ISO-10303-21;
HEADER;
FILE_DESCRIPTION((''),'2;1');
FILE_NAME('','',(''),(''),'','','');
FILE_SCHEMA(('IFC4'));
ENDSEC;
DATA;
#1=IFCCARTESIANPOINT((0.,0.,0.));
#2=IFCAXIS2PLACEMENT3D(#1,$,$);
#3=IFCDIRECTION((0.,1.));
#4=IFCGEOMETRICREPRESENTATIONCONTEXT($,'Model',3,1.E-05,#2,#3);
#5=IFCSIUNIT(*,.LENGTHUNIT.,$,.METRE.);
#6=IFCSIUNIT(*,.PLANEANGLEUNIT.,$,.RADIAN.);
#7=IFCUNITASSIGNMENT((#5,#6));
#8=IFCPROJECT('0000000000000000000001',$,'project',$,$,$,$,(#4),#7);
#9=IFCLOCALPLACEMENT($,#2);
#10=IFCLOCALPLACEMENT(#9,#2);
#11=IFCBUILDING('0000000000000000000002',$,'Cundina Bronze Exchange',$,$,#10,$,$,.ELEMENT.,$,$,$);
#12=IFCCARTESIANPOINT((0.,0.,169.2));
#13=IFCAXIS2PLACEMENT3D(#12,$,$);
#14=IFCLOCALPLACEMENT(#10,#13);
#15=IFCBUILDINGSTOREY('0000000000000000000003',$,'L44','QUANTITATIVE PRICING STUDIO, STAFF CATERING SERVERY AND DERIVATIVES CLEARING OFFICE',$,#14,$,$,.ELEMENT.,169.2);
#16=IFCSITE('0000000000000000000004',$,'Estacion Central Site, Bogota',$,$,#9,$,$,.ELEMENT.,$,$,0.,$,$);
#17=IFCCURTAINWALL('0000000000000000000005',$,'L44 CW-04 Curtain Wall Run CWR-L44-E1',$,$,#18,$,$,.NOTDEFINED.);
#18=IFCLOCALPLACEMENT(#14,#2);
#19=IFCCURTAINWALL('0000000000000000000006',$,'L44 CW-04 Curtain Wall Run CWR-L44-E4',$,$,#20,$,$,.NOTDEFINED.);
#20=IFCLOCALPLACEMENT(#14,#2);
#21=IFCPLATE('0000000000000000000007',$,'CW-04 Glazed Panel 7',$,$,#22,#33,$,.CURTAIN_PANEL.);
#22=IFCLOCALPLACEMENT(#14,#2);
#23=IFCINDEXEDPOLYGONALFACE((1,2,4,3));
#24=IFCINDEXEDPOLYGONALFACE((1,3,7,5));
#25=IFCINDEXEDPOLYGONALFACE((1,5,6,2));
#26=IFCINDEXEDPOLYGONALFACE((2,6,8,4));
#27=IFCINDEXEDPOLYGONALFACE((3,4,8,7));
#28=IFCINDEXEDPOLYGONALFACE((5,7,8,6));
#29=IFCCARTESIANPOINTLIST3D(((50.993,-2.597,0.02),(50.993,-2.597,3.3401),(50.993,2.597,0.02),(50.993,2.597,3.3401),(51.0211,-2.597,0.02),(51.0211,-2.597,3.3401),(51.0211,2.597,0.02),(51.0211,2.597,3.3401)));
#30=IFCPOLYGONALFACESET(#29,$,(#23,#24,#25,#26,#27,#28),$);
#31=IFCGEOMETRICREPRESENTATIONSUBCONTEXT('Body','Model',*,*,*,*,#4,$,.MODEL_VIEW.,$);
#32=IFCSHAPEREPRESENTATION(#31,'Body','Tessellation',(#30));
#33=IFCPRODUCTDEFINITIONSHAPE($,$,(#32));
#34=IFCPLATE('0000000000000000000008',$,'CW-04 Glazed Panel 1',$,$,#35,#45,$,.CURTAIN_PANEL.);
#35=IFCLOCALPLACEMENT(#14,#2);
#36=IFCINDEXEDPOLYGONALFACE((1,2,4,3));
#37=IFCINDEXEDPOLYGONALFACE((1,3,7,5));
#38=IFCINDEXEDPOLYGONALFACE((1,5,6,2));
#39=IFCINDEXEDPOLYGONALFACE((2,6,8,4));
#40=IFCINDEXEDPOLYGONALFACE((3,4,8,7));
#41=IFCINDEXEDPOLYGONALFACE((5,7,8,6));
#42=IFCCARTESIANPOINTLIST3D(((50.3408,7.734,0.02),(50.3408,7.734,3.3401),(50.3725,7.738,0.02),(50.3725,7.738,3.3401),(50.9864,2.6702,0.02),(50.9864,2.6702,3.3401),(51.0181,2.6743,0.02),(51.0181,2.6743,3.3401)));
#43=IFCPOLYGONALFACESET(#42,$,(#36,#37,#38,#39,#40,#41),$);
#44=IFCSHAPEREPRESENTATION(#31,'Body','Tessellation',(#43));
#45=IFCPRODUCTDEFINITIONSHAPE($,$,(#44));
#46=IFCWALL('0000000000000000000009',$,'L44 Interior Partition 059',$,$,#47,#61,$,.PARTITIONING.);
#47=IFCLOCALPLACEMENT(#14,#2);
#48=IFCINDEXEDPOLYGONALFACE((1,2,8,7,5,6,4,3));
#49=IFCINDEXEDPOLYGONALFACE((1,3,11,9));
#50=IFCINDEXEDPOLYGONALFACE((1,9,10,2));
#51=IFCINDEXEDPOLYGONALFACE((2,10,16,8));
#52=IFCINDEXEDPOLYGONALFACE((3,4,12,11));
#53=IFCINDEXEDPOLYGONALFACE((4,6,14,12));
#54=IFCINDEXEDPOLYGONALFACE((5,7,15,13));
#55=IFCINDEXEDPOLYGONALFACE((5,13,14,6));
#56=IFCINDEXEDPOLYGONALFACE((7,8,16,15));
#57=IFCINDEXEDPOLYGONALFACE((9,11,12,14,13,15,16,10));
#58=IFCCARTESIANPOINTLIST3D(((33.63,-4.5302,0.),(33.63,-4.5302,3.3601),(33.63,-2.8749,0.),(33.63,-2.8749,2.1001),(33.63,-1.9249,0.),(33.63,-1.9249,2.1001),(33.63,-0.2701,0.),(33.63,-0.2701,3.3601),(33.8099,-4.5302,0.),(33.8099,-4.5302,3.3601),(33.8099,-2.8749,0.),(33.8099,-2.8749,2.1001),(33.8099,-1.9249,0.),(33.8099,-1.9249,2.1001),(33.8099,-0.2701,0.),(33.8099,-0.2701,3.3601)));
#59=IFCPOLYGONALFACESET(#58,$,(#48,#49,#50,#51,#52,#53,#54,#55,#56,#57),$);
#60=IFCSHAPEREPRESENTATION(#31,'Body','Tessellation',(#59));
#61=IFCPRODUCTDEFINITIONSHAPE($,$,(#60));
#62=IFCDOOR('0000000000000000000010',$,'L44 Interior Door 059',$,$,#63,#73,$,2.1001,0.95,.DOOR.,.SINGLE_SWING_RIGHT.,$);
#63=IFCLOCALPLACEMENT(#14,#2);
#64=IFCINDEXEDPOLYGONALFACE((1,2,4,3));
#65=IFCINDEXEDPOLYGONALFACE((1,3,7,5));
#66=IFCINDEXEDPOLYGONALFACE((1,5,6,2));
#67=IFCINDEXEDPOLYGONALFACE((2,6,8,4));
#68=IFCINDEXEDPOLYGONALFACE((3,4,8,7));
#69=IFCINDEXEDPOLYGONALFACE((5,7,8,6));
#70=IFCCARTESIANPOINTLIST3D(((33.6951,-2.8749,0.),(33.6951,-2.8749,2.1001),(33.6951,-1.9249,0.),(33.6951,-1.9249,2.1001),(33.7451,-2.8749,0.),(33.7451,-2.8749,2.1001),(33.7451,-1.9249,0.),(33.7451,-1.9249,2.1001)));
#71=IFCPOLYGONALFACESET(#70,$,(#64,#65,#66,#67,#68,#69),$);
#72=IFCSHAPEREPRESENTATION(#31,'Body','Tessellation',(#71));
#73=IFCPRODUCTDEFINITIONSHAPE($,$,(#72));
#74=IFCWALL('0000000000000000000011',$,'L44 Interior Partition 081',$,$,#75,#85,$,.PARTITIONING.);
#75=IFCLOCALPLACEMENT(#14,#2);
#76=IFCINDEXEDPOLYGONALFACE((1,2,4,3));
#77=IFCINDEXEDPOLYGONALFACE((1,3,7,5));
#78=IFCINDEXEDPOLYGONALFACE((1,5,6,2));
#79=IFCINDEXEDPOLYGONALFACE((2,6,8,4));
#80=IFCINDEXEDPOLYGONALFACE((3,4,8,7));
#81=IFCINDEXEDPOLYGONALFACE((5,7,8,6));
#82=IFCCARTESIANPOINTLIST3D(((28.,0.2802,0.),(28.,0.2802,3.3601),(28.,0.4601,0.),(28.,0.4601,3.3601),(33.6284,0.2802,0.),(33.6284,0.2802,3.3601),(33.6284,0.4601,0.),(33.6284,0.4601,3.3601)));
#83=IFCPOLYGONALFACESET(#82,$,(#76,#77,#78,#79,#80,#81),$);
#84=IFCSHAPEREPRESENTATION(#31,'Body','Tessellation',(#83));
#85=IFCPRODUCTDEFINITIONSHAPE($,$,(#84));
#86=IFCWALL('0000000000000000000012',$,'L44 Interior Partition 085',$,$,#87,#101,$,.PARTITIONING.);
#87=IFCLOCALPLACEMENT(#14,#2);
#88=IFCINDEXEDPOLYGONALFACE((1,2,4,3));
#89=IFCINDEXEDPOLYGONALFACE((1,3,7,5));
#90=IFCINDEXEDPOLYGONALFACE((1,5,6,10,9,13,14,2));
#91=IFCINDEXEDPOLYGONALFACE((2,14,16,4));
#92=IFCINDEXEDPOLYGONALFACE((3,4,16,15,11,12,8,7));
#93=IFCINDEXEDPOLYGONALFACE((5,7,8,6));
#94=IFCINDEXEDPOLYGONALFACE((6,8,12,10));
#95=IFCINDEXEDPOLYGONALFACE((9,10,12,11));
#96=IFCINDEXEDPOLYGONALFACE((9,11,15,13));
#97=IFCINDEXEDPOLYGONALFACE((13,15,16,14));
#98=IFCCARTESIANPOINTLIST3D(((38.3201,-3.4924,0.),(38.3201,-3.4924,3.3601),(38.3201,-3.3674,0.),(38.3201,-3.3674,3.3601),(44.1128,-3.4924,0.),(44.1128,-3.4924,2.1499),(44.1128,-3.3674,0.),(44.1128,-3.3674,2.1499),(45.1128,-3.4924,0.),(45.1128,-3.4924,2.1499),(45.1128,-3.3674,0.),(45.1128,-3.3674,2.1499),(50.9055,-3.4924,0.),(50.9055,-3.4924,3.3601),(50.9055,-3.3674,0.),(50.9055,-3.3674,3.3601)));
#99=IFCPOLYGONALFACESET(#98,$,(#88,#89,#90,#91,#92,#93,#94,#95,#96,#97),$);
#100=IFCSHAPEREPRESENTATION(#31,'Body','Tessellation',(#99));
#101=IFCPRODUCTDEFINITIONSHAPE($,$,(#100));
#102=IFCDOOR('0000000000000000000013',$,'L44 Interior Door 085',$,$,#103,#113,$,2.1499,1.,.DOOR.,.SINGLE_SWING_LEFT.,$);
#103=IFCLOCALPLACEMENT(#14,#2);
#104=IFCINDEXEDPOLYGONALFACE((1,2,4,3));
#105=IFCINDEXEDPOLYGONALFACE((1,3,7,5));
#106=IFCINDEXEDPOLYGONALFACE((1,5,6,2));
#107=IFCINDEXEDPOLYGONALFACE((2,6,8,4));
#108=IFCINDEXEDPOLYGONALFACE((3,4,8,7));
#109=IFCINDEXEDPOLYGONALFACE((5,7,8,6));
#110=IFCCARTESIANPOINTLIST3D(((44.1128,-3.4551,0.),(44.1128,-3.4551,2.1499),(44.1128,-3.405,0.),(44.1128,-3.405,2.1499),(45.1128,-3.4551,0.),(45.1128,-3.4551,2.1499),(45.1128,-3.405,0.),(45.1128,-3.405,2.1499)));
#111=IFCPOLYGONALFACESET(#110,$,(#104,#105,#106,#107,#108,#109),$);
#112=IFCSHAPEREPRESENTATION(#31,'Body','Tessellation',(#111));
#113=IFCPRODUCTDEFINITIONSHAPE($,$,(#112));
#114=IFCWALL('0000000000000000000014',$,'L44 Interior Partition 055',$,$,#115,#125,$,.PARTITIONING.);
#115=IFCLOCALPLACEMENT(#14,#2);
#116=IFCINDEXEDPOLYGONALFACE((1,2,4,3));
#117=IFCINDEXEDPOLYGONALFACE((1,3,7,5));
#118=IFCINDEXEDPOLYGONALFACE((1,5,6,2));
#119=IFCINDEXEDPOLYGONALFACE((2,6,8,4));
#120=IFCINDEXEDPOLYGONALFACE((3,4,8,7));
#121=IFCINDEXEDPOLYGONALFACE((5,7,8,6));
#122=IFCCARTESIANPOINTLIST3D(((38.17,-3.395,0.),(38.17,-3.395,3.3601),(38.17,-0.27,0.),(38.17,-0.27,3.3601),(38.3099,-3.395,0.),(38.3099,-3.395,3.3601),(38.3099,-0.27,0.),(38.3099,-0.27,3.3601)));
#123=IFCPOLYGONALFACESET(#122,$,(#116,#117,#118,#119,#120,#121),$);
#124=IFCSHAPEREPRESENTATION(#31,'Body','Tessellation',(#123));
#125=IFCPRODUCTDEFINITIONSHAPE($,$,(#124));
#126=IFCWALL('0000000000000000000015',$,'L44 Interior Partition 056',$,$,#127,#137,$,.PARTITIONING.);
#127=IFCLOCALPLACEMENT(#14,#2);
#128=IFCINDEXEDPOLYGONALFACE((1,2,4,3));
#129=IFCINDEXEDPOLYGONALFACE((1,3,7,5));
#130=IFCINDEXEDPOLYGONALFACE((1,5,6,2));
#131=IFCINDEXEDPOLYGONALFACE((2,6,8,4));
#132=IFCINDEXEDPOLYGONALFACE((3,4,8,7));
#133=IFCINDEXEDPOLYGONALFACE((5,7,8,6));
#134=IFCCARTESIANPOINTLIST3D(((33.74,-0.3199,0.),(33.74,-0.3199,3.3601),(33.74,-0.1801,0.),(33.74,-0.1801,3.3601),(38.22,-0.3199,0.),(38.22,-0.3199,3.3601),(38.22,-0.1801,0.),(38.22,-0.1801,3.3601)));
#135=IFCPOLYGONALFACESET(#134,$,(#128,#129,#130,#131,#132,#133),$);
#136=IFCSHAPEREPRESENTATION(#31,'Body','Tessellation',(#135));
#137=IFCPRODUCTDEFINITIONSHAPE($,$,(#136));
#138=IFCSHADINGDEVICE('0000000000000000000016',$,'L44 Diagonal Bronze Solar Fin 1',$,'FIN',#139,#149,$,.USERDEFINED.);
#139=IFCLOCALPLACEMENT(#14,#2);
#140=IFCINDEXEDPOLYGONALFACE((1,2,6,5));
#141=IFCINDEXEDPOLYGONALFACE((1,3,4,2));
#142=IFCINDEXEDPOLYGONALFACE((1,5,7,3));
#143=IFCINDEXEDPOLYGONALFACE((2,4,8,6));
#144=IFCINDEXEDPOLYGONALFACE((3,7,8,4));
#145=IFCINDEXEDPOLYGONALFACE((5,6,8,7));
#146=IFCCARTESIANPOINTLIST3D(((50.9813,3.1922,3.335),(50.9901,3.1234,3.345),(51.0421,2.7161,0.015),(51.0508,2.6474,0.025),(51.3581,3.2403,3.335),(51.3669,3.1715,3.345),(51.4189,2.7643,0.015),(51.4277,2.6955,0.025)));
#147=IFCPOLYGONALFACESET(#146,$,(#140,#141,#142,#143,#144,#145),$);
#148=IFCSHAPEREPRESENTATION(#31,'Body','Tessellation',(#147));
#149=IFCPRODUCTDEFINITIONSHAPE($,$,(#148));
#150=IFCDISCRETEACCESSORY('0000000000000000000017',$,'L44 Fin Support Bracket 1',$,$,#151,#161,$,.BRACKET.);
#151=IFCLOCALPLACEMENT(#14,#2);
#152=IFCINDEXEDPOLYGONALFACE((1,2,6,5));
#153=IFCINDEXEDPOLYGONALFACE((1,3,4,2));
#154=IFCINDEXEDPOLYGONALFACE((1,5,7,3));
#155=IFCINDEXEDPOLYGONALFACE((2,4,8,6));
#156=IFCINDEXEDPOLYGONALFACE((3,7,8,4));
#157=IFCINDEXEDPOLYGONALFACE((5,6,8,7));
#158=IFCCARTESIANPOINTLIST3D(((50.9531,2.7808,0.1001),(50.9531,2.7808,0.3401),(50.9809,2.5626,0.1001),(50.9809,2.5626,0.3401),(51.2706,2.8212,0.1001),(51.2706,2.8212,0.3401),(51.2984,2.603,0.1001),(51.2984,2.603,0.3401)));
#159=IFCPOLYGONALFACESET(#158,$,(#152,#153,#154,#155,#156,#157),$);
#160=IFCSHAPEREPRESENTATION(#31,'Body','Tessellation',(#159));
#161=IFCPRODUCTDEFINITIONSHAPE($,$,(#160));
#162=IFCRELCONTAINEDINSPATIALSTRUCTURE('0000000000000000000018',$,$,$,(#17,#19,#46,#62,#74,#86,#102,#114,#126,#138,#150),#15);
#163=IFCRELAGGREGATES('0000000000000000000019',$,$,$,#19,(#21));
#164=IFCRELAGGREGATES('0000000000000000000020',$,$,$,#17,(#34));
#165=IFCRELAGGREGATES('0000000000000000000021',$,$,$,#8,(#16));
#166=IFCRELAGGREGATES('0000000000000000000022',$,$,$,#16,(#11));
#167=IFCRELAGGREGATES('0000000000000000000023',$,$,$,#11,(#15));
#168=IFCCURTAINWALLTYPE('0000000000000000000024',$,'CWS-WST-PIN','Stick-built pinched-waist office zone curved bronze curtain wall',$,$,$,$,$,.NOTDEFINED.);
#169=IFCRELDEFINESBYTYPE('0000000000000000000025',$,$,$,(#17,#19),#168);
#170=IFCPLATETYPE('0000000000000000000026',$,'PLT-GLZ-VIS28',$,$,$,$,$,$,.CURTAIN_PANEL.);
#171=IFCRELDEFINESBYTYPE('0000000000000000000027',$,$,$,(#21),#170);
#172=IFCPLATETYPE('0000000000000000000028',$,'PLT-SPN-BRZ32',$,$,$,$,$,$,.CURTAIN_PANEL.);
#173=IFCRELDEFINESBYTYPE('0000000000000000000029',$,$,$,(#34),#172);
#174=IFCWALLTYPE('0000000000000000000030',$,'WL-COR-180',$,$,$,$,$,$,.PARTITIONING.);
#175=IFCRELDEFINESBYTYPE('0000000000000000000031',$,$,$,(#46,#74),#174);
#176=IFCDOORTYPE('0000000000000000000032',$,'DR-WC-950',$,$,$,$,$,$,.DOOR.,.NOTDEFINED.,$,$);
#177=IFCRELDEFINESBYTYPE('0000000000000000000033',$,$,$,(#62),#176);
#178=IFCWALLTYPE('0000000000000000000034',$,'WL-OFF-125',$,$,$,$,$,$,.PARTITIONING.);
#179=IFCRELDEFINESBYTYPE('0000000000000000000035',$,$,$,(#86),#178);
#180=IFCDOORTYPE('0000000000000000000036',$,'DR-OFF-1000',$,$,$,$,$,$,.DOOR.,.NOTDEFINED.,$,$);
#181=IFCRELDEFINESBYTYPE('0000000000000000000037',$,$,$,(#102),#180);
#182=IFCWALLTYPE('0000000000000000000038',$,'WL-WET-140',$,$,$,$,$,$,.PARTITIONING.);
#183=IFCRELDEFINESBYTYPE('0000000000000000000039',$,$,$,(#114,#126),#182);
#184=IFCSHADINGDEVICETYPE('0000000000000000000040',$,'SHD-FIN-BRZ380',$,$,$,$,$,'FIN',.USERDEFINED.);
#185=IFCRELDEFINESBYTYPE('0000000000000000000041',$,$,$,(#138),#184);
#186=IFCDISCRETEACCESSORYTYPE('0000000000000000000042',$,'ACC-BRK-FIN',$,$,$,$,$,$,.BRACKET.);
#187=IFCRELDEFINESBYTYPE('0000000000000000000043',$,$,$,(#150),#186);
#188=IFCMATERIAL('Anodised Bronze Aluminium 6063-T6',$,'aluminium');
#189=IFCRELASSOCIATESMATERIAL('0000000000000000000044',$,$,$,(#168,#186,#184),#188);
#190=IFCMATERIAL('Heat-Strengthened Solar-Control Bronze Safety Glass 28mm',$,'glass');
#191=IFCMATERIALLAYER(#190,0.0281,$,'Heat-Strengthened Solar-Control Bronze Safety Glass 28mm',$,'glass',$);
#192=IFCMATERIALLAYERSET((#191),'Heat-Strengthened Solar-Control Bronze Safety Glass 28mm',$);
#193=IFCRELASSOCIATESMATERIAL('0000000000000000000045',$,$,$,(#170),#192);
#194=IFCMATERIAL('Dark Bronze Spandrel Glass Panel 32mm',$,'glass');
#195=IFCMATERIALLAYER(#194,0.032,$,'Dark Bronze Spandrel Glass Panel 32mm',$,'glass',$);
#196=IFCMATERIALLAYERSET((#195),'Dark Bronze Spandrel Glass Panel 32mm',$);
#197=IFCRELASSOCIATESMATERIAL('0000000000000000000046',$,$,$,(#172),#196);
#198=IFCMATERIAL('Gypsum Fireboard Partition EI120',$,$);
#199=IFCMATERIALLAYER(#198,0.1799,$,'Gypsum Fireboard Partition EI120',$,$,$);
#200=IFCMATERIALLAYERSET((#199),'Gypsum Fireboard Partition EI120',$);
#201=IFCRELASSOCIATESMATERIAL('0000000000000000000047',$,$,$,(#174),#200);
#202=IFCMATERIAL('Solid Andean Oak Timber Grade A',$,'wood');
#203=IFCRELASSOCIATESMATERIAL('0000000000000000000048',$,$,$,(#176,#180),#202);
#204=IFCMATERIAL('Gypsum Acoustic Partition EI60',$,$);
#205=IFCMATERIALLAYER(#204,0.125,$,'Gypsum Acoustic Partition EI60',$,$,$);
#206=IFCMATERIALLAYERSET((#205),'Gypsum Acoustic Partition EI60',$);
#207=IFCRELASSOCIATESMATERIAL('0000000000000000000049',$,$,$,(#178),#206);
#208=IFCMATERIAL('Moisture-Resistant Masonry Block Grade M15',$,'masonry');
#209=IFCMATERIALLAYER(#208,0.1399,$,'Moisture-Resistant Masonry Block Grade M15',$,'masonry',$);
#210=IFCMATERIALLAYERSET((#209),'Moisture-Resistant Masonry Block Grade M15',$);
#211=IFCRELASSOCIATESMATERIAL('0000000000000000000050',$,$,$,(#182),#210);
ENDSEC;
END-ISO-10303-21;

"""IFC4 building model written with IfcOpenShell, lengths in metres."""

from ifc_helpers import new_model, si_unit, direction, frame, frame_2d, origin, origin_2d, place, context, subcontext, project, spatial, rectangle, extrude, material, layer, layer_set, material_profile, profile_set, type_object, element, fill, aggregate, save


model = new_model("IFC4")

# Units and contexts
model_context = context("Model", 3, precision=1e-05, world=origin(), true_north=direction((0.0, 1.0)))
body_context = subcontext(model_context, "Body", "Model", "MODEL_VIEW")
ifc_project = project(units=[si_unit("LENGTHUNIT", "METRE"), si_unit("PLANEANGLEUNIT", "RADIAN")], contexts=[model_context])

# Site, building, storey
site_placement = place(None, origin())
site = spatial("IfcSite", under=ifc_project, at=site_placement, Name="Estacion Central Site, Bogota", CompositionType="ELEMENT", RefElevation=0.0)
building_placement = place(site_placement, origin())
building = spatial("IfcBuilding", under=site, at=building_placement, Name="Cundina Bronze Exchange", CompositionType="ELEMENT")
storey_placement = place(building_placement, frame((0.0, 0.0, 169.2)))
storey = spatial("IfcBuildingStorey", under=building, at=storey_placement, Name="L44", Description="QUANTITATIVE PRICING STUDIO, STAFF CATERING SERVERY AND DERIVATIVES CLEARING OFFICE", CompositionType="ELEMENT", Elevation=169.2)

# Curtain walls
ifc_material_1 = material(Name="Anodised Bronze Aluminium 6063-T6", Category="aluminium")
curtain_wall_type = type_object("IfcCurtainWallType", Name="CWS-WST-PIN", Description="Stick-built pinched-waist office zone curved bronze curtain wall", PredefinedType="NOTDEFINED", material=ifc_material_1)
curtain_wall_1_placement = place(storey_placement, origin())
curtain_wall_1 = element("IfcCurtainWall", 1, at=curtain_wall_1_placement, inside=storey, type_object=curtain_wall_type, Name="L44 CW-04 Curtain Wall Run CWR-L44-E1", PredefinedType="NOTDEFINED")
curtain_wall_2_placement = place(storey_placement, origin())
curtain_wall_2 = element("IfcCurtainWall", 2, at=curtain_wall_2_placement, inside=storey, type_object=curtain_wall_type, Name="L44 CW-04 Curtain Wall Run CWR-L44-E4", PredefinedType="NOTDEFINED")

# Plates
ifc_material_2 = material(Name="Heat-Strengthened Solar-Control Bronze Safety Glass 28mm", Category="glass")
ifc_layer_1 = layer(ifc_material_2, 0.0281, Name="Heat-Strengthened Solar-Control Bronze Safety Glass 28mm", Category="glass")
ifc_layer_set_1 = layer_set([ifc_layer_1], Name="Heat-Strengthened Solar-Control Bronze Safety Glass 28mm")
plate_type_1 = type_object("IfcPlateType", Name="PLT-GLZ-VIS28", PredefinedType="CURTAIN_PANEL", material=ifc_layer_set_1)
plate_1_placement = place(storey_placement, frame((51.0071, 0.0, 0.02), z_axis=(0.0, 0.0, 1.0), x_axis=(0.0, 1.0, 0.0)))
plate_1 = element("IfcPlate", 3, at=plate_1_placement, type_object=plate_type_1, Name="CW-04 Glazed Panel 7", PredefinedType="CURTAIN_PANEL", context=body_context, shape_type="SweptSolid", body=[
    extrude(rectangle(XDim=5.1941, YDim=0.0281, at=origin_2d()), origin(), (0.0, 0.0, 1.0), 3.3201),
])
aggregate(curtain_wall_2, [plate_1])
ifc_material_3 = material(Name="Dark Bronze Spandrel Glass Panel 32mm", Category="glass")
ifc_layer_2 = layer(ifc_material_3, 0.032, Name="Dark Bronze Spandrel Glass Panel 32mm", Category="glass")
ifc_layer_set_2 = layer_set([ifc_layer_2], Name="Dark Bronze Spandrel Glass Panel 32mm")
plate_type_2 = type_object("IfcPlateType", Name="PLT-SPN-BRZ32", PredefinedType="CURTAIN_PANEL", material=ifc_layer_set_2)
plate_2_placement = place(storey_placement, frame((50.6794, 5.2041, 0.02), z_axis=(0.0, 0.0, 1.0), x_axis=(-0.126476, 0.99197, 0.0)))
plate_2 = element("IfcPlate", 4, at=plate_2_placement, type_object=plate_type_2, Name="CW-04 Glazed Panel 1", PredefinedType="CURTAIN_PANEL", context=body_context, shape_type="SweptSolid", body=[
    extrude(rectangle(XDim=5.1047, YDim=0.032, at=origin_2d()), origin(), (0.0, 0.0, 1.0), 3.3201),
])
aggregate(curtain_wall_1, [plate_2])

# Wall, opening, door
ifc_material_4 = material(Name="Gypsum Fireboard Partition EI120")
ifc_layer_3 = layer(ifc_material_4, 0.1799, Name="Gypsum Fireboard Partition EI120")
ifc_layer_set_3 = layer_set([ifc_layer_3], Name="Gypsum Fireboard Partition EI120")
wall_type_1 = type_object("IfcWallType", Name="WL-COR-180", PredefinedType="PARTITIONING", material=ifc_layer_set_3)
wall_1_placement = place(storey_placement, frame((33.72, -4.53, 0.0), z_axis=(0.0, 0.0, 1.0), x_axis=(0.0, 1.0, 0.0)))
wall_1 = element("IfcWall", 5, at=wall_1_placement, inside=storey, type_object=wall_type_1, Name="L44 Interior Partition 059", PredefinedType="PARTITIONING", context=body_context, shape_type="SweptSolid", body=[
    extrude(rectangle(XDim=4.26, YDim=0.1799, at=frame_2d((2.1299, 0.0))), origin(), (0.0, 0.0, 1.0), 3.3601),
])
opening_1_placement = place(wall_1_placement, frame((1.655, 0.0, 0.0)))
opening_1 = element("IfcOpeningElement", 6, at=opening_1_placement, cuts=wall_1, PredefinedType="OPENING", context=body_context, shape_type="SweptSolid", body=[
    extrude(rectangle(XDim=0.95, YDim=2.1001, at=frame_2d((0.4751, 1.05))), frame((0.0, 0.0999, 0.0), z_axis=(0.0, -1.0, 0.0), x_axis=(1.0, 0.0, 0.0)), (0.0, 0.0, 1.0), 0.2),
])
ifc_material_5 = material(Name="Solid Andean Oak Timber Grade A", Category="wood")
door_type_1 = type_object("IfcDoorType", Name="DR-WC-950", OperationType="NOTDEFINED", PredefinedType="DOOR", material=ifc_material_5)
door_1_placement = place(opening_1_placement, origin())
door_1 = element("IfcDoor", 7, at=door_1_placement, inside=storey, type_object=door_type_1, Name="L44 Interior Door 059", OperationType="SINGLE_SWING_RIGHT", OverallHeight=2.1001, OverallWidth=0.95, PredefinedType="DOOR", context=body_context, shape_type="SweptSolid", body=[
    extrude(rectangle(XDim=0.95, YDim=2.1001, at=frame_2d((0.4751, 1.05))), frame((0.0, 0.0249, 0.0), z_axis=(0.0, -1.0, 0.0), x_axis=(1.0, 0.0, 0.0)), (0.0, 0.0, 1.0), 0.05),
])
fill(opening_1, door_1)

# Wall
wall_2_placement = place(storey_placement, frame((33.6284, 0.3701, 0.0), z_axis=(0.0, 0.0, 1.0), x_axis=(-1.0, 0.0, 0.0)))
element("IfcWall", 8, at=wall_2_placement, inside=storey, type_object=wall_type_1, Name="L44 Interior Partition 081", PredefinedType="PARTITIONING", context=body_context, shape_type="SweptSolid", body=[
    extrude(rectangle(XDim=5.6284, YDim=0.1799, at=frame_2d((2.8142, 0.0))), origin(), (0.0, 0.0, 1.0), 3.3601),
])

# Wall, opening, door
ifc_material_6 = material(Name="Gypsum Acoustic Partition EI60")
ifc_layer_4 = layer(ifc_material_6, 0.125, Name="Gypsum Acoustic Partition EI60")
ifc_layer_set_4 = layer_set([ifc_layer_4], Name="Gypsum Acoustic Partition EI60")
wall_type_2 = type_object("IfcWallType", Name="WL-OFF-125", PredefinedType="PARTITIONING", material=ifc_layer_set_4)
wall_3_placement = place(storey_placement, frame((38.3201, -3.4299, 0.0), z_axis=(0.0, 0.0, 1.0), x_axis=(1.0, 0.0, 0.0)))
wall_3 = element("IfcWall", 9, at=wall_3_placement, inside=storey, type_object=wall_type_2, Name="L44 Interior Partition 085", PredefinedType="PARTITIONING", context=body_context, shape_type="SweptSolid", body=[
    extrude(rectangle(XDim=12.5854, YDim=0.125, at=frame_2d((6.2927, 0.0))), origin(), (0.0, 0.0, 1.0), 3.3601),
])
opening_2_placement = place(wall_3_placement, frame((5.7927, 0.0, 0.0)))
opening_2 = element("IfcOpeningElement", 10, at=opening_2_placement, cuts=wall_3, PredefinedType="OPENING", context=body_context, shape_type="SweptSolid", body=[
    extrude(rectangle(XDim=1.0, YDim=2.1499, at=frame_2d((0.5, 1.075))), frame((0.0, 0.0725, 0.0), z_axis=(0.0, -1.0, 0.0), x_axis=(1.0, 0.0, 0.0)), (0.0, 0.0, 1.0), 0.145),
])
door_type_2 = type_object("IfcDoorType", Name="DR-OFF-1000", OperationType="NOTDEFINED", PredefinedType="DOOR", material=ifc_material_5)
door_2_placement = place(opening_2_placement, origin())
door_2 = element("IfcDoor", 11, at=door_2_placement, inside=storey, type_object=door_type_2, Name="L44 Interior Door 085", OperationType="SINGLE_SWING_LEFT", OverallHeight=2.1499, OverallWidth=1.0, PredefinedType="DOOR", context=body_context, shape_type="SweptSolid", body=[
    extrude(rectangle(XDim=1.0, YDim=2.1499, at=frame_2d((0.5, 1.075))), frame((0.0, 0.0249, 0.0), z_axis=(0.0, -1.0, 0.0), x_axis=(1.0, 0.0, 0.0)), (0.0, 0.0, 1.0), 0.05),
])
fill(opening_2, door_2)

# Walls
ifc_material_7 = material(Name="Moisture-Resistant Masonry Block Grade M15", Category="masonry")
ifc_layer_5 = layer(ifc_material_7, 0.1399, Name="Moisture-Resistant Masonry Block Grade M15", Category="masonry")
ifc_layer_set_5 = layer_set([ifc_layer_5], Name="Moisture-Resistant Masonry Block Grade M15")
wall_type_3 = type_object("IfcWallType", Name="WL-WET-140", PredefinedType="PARTITIONING", material=ifc_layer_set_5)
wall_4_placement = place(storey_placement, frame((38.24, -3.395, 0.0), z_axis=(0.0, 0.0, 1.0), x_axis=(0.0, 1.0, 0.0)))
element("IfcWall", 12, at=wall_4_placement, inside=storey, type_object=wall_type_3, Name="L44 Interior Partition 055", PredefinedType="PARTITIONING", context=body_context, shape_type="SweptSolid", body=[
    extrude(rectangle(XDim=3.125, YDim=0.1399, at=frame_2d((1.5625, 0.0))), origin(), (0.0, 0.0, 1.0), 3.3601),
])
wall_5_placement = place(storey_placement, frame((33.74, -0.25, 0.0), z_axis=(0.0, 0.0, 1.0), x_axis=(1.0, 0.0, 0.0)))
element("IfcWall", 13, at=wall_5_placement, inside=storey, type_object=wall_type_3, Name="L44 Interior Partition 056", PredefinedType="PARTITIONING", context=body_context, shape_type="SweptSolid", body=[
    extrude(rectangle(XDim=4.48, YDim=0.1399, at=frame_2d((2.24, 0.0))), origin(), (0.0, 0.0, 1.0), 3.3601),
])

# Shading device
ifc_material_profile_1 = material_profile(ifc_material_1, rectangle(XDim=0.0701, YDim=0.3799, at=origin_2d()), Name="FIN70X380", Category="aluminium")
ifc_profile_set_1 = profile_set([ifc_material_profile_1], Name="Anodised Bronze Aluminium 6063-T6")
shading_device_type = type_object("IfcShadingDeviceType", Name="SHD-FIN-BRZ380", ElementType="FIN", PredefinedType="USERDEFINED", material=ifc_profile_set_1)
shading_device_placement = place(storey_placement, frame((51.2349, 2.7058, 0.02), z_axis=(-0.018122, 0.141918, 0.989713), x_axis=(0.125361, -0.981741, 0.14307)))
element("IfcShadingDevice", 14, at=shading_device_placement, inside=storey, type_object=shading_device_type, Name="L44 Diagonal Bronze Solar Fin 1", ObjectType="FIN", PredefinedType="USERDEFINED", context=body_context, shape_type="SweptSolid", body=[
    extrude(rectangle(XDim=0.0701, YDim=0.3799, at=origin_2d()), origin(), (0.0, 0.0, 1.0), 3.3545),
])

# Discrete accessory
discrete_accessory_type = type_object("IfcDiscreteAccessoryType", Name="ACC-BRK-FIN", PredefinedType="BRACKET", material=ifc_material_1)
discrete_accessory_placement = place(storey_placement, frame((51.1257, 2.6919, 0.1001), z_axis=(0.0, 0.0, 1.0), x_axis=(-0.126476, 0.99197, 0.0)))
element("IfcDiscreteAccessory", 15, at=discrete_accessory_placement, inside=storey, type_object=discrete_accessory_type, Name="L44 Fin Support Bracket 1", PredefinedType="BRACKET", context=body_context, shape_type="SweptSolid", body=[
    extrude(rectangle(XDim=0.22, YDim=0.3201, at=origin_2d()), origin(), (0.0, 0.0, 1.0), 0.24),
])

save(model, "model.ifc")
